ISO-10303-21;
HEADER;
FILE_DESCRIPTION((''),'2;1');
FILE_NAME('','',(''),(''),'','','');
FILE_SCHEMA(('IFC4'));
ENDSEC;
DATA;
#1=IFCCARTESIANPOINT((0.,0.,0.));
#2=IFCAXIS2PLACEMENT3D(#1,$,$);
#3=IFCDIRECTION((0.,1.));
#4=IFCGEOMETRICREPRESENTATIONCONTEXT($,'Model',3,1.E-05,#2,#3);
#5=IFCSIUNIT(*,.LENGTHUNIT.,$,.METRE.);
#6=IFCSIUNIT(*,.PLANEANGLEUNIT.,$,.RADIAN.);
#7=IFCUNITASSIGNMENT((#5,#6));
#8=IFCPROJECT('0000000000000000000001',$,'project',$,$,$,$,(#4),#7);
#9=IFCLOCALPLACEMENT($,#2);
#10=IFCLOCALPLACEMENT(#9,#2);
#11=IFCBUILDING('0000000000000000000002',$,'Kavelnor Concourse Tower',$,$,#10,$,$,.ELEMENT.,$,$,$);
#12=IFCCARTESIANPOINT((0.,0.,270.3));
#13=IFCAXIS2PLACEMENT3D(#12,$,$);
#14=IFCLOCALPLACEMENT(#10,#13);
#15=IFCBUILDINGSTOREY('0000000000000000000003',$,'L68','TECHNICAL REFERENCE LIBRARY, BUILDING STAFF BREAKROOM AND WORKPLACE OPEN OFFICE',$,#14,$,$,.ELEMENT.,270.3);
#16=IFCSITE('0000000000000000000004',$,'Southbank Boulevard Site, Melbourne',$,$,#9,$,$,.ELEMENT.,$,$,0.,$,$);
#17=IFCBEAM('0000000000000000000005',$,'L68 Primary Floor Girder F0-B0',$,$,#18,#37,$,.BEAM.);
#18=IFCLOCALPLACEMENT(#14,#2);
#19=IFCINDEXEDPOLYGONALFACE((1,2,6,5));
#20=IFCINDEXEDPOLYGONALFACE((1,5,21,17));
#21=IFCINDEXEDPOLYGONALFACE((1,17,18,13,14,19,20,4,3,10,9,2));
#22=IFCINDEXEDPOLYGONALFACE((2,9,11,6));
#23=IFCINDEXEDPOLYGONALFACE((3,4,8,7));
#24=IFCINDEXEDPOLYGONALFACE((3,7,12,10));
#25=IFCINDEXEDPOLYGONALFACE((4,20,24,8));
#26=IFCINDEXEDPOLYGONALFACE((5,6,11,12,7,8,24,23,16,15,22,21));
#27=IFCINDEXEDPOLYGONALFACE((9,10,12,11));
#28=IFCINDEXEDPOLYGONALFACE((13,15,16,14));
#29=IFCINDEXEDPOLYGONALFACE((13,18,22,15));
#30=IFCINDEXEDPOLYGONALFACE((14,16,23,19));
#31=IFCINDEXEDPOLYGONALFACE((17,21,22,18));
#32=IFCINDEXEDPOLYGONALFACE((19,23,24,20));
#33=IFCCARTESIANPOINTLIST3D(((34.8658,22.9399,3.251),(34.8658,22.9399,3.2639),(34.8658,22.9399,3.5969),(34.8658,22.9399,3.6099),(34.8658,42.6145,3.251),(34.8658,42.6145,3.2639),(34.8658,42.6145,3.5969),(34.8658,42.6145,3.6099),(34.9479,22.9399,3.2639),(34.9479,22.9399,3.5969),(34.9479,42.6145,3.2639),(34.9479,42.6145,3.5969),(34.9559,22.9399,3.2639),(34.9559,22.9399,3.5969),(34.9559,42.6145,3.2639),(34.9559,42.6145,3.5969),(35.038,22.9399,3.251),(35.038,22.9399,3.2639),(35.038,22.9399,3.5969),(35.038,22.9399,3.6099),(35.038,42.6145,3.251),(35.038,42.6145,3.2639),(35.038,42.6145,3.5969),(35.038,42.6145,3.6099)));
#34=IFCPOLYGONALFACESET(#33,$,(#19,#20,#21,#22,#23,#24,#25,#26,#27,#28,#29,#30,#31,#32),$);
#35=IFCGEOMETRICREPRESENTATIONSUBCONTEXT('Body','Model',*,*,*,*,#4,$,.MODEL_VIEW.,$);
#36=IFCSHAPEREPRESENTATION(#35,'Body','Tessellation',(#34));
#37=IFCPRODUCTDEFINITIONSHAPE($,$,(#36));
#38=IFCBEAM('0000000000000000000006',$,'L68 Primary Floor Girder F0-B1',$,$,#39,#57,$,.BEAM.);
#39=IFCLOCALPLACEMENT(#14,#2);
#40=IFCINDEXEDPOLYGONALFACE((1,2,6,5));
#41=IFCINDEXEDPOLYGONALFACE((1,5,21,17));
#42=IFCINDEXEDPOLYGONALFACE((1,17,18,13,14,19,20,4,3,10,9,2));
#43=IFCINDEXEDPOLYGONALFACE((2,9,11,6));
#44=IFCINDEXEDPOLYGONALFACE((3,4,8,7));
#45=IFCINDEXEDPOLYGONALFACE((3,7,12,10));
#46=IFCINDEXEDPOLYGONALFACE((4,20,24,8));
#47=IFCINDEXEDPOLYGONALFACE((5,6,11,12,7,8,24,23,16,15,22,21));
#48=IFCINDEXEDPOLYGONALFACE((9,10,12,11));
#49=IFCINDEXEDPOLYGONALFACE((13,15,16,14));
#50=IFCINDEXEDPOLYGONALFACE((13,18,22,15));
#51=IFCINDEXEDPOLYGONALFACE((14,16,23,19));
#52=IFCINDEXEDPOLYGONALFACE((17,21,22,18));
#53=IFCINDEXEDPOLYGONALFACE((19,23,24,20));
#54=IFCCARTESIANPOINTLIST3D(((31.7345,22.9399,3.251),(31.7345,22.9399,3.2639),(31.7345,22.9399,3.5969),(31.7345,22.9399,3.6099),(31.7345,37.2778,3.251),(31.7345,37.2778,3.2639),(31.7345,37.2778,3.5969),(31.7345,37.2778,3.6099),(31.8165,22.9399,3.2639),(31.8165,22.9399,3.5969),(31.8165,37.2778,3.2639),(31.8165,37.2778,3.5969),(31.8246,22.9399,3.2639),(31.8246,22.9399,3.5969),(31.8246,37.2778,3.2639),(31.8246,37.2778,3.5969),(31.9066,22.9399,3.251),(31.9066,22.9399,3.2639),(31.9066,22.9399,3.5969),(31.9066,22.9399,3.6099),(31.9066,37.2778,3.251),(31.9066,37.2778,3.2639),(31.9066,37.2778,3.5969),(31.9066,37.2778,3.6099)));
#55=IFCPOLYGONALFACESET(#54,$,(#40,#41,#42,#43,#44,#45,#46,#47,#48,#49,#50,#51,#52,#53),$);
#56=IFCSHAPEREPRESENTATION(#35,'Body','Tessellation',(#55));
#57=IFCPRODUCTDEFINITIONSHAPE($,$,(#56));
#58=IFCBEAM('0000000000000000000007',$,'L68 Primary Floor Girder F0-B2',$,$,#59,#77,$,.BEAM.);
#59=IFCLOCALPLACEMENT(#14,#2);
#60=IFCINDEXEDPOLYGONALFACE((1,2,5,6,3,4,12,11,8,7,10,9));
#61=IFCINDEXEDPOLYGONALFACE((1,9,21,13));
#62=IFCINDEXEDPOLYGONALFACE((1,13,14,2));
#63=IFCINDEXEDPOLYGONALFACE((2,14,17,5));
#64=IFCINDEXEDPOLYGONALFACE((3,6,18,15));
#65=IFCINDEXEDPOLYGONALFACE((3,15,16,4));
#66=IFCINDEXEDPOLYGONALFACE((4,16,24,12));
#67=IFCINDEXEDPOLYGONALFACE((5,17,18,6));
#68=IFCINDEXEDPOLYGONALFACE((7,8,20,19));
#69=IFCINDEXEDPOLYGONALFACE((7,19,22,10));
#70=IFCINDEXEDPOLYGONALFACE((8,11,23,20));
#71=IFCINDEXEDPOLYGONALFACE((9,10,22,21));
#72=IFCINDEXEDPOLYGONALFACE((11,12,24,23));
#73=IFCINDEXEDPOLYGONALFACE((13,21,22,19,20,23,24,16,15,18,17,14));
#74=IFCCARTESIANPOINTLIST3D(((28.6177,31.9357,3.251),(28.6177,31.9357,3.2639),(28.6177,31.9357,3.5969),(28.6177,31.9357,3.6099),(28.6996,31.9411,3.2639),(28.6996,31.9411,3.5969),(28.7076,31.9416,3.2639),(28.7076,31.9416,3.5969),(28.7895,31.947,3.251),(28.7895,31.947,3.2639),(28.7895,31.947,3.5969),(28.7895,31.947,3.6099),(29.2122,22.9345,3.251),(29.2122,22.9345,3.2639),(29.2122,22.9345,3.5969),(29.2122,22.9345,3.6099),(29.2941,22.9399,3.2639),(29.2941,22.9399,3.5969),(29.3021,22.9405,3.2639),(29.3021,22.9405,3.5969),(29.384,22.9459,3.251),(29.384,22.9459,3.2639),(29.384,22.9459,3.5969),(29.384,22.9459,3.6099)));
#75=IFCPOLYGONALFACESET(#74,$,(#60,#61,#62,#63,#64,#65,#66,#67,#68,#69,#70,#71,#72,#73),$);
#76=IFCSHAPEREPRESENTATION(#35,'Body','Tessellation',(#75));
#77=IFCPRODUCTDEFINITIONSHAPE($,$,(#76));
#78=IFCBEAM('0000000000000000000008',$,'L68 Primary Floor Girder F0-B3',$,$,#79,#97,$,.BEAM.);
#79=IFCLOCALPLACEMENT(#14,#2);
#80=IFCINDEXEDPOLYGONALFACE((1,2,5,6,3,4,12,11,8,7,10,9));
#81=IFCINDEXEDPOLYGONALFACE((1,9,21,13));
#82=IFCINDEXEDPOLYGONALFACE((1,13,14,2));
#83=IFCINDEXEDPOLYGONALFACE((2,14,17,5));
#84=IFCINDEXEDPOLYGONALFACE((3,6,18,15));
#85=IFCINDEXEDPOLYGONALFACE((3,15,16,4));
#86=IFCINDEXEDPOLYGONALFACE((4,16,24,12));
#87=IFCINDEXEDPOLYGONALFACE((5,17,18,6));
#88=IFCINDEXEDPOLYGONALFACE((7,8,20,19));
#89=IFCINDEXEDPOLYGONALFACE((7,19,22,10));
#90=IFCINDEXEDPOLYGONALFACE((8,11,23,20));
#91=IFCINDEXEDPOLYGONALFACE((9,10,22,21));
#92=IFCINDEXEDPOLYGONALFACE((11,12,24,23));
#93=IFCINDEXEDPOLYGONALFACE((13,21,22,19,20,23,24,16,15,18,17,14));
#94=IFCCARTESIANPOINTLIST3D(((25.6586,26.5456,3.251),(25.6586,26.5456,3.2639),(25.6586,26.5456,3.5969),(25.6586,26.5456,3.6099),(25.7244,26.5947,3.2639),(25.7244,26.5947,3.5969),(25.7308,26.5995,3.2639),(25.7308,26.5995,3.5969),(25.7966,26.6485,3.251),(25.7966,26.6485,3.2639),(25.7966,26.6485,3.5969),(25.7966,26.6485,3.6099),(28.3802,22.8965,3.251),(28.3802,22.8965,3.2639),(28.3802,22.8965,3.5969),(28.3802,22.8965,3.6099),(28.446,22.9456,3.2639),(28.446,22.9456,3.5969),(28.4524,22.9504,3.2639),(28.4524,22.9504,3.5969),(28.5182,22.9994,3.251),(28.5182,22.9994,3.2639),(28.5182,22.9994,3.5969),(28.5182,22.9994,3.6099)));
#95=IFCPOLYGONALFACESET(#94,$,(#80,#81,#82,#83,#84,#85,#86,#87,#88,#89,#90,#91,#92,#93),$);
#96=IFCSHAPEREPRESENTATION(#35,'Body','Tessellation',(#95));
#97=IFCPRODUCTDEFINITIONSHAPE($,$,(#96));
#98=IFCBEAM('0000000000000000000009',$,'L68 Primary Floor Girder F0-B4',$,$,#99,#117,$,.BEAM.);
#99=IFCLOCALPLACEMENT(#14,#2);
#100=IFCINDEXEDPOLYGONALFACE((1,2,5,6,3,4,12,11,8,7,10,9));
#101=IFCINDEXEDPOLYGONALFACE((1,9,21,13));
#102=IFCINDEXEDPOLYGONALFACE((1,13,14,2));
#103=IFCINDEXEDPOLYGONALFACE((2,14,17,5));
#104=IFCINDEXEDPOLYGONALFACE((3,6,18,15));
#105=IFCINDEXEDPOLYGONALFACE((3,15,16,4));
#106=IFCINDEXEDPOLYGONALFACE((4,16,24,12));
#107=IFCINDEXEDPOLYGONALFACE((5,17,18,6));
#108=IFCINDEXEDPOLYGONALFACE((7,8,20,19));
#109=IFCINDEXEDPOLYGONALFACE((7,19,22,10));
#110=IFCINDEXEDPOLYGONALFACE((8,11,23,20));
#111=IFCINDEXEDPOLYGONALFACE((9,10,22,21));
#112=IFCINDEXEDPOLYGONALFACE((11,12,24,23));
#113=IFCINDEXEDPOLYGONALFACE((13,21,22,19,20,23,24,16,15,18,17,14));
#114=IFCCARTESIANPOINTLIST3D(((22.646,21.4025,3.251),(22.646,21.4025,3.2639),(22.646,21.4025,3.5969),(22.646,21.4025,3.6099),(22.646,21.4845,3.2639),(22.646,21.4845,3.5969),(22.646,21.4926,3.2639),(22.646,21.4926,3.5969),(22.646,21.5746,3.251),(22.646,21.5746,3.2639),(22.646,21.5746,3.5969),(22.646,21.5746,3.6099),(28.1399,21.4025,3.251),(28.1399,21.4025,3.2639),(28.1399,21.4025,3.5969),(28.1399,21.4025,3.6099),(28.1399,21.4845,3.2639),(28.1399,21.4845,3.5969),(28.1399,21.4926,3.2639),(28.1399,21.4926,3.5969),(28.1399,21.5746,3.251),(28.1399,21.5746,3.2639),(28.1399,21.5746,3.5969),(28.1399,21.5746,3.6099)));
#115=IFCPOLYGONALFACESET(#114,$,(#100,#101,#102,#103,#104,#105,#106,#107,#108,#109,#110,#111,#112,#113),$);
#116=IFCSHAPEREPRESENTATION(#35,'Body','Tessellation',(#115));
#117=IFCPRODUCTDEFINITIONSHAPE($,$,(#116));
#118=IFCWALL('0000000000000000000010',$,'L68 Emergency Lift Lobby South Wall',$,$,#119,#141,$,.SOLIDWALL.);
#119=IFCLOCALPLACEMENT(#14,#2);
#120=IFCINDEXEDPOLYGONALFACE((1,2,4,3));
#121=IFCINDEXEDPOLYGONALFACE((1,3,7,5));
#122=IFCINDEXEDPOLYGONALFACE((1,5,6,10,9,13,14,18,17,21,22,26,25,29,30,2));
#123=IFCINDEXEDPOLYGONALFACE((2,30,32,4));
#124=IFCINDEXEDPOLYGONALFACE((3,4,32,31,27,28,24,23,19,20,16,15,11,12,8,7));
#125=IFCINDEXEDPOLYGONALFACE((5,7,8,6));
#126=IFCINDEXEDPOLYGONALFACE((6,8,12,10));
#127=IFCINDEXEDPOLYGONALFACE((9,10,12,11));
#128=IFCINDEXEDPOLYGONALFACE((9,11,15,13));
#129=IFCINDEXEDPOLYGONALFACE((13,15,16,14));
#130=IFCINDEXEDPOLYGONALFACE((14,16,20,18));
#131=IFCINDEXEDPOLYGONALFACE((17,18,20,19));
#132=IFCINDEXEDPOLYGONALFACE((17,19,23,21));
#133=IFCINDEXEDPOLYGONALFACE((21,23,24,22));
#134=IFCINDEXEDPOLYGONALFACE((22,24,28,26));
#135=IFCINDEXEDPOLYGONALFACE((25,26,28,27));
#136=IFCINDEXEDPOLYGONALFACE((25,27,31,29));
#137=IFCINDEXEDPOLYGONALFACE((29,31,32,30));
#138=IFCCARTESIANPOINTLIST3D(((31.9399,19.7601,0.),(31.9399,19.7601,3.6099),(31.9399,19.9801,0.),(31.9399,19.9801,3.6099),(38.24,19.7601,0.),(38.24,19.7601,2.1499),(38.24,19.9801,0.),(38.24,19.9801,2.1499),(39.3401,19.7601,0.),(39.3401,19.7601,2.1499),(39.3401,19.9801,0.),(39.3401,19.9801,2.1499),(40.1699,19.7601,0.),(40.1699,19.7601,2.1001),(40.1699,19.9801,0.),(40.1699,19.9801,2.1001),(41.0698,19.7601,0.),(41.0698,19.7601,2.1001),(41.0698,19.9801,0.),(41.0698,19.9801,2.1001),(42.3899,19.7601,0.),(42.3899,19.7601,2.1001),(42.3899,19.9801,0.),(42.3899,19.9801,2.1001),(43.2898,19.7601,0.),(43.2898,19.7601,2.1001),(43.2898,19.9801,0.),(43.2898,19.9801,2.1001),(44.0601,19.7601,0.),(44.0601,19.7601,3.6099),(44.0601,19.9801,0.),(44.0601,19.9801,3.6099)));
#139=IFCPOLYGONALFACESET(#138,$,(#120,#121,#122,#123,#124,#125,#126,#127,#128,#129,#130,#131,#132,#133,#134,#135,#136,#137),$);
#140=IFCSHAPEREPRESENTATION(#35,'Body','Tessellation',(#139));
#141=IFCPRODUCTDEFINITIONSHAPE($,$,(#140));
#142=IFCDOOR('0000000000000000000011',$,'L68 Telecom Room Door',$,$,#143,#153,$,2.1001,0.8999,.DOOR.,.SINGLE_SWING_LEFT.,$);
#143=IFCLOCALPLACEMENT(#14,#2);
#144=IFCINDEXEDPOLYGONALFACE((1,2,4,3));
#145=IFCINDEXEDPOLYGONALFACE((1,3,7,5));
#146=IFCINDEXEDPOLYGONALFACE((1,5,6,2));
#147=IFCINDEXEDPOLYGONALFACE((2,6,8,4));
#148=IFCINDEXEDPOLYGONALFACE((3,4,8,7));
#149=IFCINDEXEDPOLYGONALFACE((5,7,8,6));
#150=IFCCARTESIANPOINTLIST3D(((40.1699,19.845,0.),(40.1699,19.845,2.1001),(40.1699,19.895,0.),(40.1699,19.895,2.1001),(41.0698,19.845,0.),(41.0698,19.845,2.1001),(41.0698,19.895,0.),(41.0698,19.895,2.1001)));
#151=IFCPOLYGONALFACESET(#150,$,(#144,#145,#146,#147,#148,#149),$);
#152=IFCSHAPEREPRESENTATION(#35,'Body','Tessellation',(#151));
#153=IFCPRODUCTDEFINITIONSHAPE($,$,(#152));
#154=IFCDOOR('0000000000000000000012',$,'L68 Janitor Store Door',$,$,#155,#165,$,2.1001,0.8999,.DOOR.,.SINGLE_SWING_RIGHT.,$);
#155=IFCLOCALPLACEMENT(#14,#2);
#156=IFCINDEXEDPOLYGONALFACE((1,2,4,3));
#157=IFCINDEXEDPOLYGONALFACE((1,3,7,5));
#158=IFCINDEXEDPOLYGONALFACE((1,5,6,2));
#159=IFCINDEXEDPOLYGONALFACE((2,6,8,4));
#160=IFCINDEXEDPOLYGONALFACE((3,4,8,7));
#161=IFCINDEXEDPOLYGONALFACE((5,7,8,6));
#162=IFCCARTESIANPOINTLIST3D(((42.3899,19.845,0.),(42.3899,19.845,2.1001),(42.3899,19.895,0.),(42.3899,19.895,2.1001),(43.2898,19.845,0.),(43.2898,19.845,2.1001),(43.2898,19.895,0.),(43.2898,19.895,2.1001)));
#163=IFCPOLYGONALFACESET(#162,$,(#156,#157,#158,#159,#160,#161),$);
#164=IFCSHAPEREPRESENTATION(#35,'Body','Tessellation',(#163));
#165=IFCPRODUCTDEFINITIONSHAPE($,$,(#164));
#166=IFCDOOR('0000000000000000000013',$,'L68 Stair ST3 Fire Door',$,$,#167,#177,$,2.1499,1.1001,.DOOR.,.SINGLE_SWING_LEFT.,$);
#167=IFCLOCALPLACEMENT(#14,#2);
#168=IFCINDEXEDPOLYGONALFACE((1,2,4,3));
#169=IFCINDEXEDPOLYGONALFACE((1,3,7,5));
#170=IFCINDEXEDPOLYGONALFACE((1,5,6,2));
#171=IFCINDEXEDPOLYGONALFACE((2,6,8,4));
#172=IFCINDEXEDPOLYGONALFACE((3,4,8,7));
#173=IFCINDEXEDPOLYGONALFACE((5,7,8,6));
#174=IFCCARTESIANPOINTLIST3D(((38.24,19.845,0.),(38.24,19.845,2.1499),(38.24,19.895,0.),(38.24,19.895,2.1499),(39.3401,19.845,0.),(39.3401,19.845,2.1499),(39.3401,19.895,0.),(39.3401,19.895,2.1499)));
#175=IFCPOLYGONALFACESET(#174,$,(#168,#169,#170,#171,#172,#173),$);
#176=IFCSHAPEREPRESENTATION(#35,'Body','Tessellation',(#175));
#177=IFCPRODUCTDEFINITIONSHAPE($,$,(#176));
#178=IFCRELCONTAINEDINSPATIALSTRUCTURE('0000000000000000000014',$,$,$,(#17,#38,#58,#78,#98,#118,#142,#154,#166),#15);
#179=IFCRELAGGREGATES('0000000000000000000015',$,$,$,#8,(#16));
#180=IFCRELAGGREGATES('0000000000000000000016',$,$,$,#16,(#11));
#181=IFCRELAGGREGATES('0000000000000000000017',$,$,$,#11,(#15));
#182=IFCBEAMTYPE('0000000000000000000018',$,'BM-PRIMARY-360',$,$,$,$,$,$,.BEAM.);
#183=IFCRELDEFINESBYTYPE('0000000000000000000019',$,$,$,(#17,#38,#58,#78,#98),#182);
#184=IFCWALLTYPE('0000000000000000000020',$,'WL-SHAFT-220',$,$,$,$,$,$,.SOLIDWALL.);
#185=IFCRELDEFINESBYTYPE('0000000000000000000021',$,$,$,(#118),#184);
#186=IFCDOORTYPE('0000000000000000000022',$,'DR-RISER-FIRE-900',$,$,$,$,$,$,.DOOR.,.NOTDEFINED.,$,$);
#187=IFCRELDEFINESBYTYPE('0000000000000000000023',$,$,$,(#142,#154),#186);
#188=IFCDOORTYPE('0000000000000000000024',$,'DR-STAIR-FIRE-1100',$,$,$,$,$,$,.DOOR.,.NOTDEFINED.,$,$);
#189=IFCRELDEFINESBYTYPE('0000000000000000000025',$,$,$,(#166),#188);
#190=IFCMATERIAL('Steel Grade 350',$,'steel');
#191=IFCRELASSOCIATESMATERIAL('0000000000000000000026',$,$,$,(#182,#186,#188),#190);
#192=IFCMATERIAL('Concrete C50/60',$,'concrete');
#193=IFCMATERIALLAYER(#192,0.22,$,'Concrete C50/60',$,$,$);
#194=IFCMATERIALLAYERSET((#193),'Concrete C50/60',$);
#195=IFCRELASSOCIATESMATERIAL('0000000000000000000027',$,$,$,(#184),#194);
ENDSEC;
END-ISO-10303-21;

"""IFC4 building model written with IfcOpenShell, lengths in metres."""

from ifc_helpers import new_model, si_unit, direction, frame, frame_2d, origin, origin_2d, place, context, subcontext, project, spatial, rectangle, i_section, extrude, material, layer, layer_set, material_profile, profile_set, type_object, element, fill, save


model = new_model("IFC4")

# Units and contexts
model_context = context("Model", 3, precision=1e-05, world=origin(), true_north=direction((0.0, 1.0)))
body_context = subcontext(model_context, "Body", "Model", "MODEL_VIEW")
ifc_project = project(units=[si_unit("LENGTHUNIT", "METRE"), si_unit("PLANEANGLEUNIT", "RADIAN")], contexts=[model_context])

# Site, building, storey
site_placement = place(None, origin())
site = spatial("IfcSite", under=ifc_project, at=site_placement, Name="Southbank Boulevard Site, Melbourne", CompositionType="ELEMENT", RefElevation=0.0)
building_placement = place(site_placement, origin())
building = spatial("IfcBuilding", under=site, at=building_placement, Name="Kavelnor Concourse Tower", CompositionType="ELEMENT")
storey_placement = place(building_placement, frame((0.0, 0.0, 270.3)))
storey = spatial("IfcBuildingStorey", under=building, at=storey_placement, Name="L68", Description="TECHNICAL REFERENCE LIBRARY, BUILDING STAFF BREAKROOM AND WORKPLACE OPEN OFFICE", CompositionType="ELEMENT", Elevation=270.3)

# Beams
ifc_material_1 = material(Name="Steel Grade 350", Category="steel")
ifc_material_profile = material_profile(ifc_material_1, i_section(OverallWidth=0.1721, OverallDepth=0.3589, WebThickness=0.0081, FlangeThickness=0.0129, at=origin_2d()), Name="360UB56")
ifc_profile_set = profile_set([ifc_material_profile], Name="Steel Grade 350")
beam_type = type_object("IfcBeamType", Name="BM-PRIMARY-360", PredefinedType="BEAM", material=ifc_profile_set)
beam_1_placement = place(storey_placement, frame((34.9519, 22.9399, 3.4304), z_axis=(0.0, 1.0, 0.0), x_axis=(-1.0, 0.0, 0.0)))
element("IfcBeam", 1, at=beam_1_placement, inside=storey, type_object=beam_type, Name="L68 Primary Floor Girder F0-B0", PredefinedType="BEAM", context=body_context, shape_type="SweptSolid", body=[
    extrude(i_section(OverallWidth=0.1721, OverallDepth=0.3589, WebThickness=0.0081, FlangeThickness=0.0129, at=origin_2d()), origin(), (0.0, 0.0, 1.0), 19.6746),
])
beam_2_placement = place(storey_placement, frame((31.8206, 22.9399, 3.4304), z_axis=(0.0, 1.0, 0.0), x_axis=(-1.0, 0.0, 0.0)))
element("IfcBeam", 2, at=beam_2_placement, inside=storey, type_object=beam_type, Name="L68 Primary Floor Girder F0-B1", PredefinedType="BEAM", context=body_context, shape_type="SweptSolid", body=[
    extrude(i_section(OverallWidth=0.1721, OverallDepth=0.3589, WebThickness=0.0081, FlangeThickness=0.0129, at=origin_2d()), origin(), (0.0, 0.0, 1.0), 14.3379),
])
beam_3_placement = place(storey_placement, frame((29.2981, 22.9402, 3.4304), z_axis=(-0.065901, 0.997826, 0.0), x_axis=(-0.997826, -0.065901, 0.0)))
element("IfcBeam", 3, at=beam_3_placement, inside=storey, type_object=beam_type, Name="L68 Primary Floor Girder F0-B2", PredefinedType="BEAM", context=body_context, shape_type="SweptSolid", body=[
    extrude(i_section(OverallWidth=0.1721, OverallDepth=0.3589, WebThickness=0.0081, FlangeThickness=0.0129, at=origin_2d()), origin(), (0.0, 0.0, 1.0), 9.0208),
])
beam_4_placement = place(storey_placement, frame((28.4492, 22.948, 3.4304), z_axis=(-0.597861, 0.8016, 0.0), x_axis=(-0.8016, -0.597861, 0.0)))
element("IfcBeam", 4, at=beam_4_placement, inside=storey, type_object=beam_type, Name="L68 Primary Floor Girder F0-B3", PredefinedType="BEAM", context=body_context, shape_type="SweptSolid", body=[
    extrude(i_section(OverallWidth=0.1721, OverallDepth=0.3589, WebThickness=0.0081, FlangeThickness=0.0129, at=origin_2d()), origin(), (0.0, 0.0, 1.0), 4.5522),
])
beam_5_placement = place(storey_placement, frame((28.1399, 21.4885, 3.4304), z_axis=(-1.0, 0.0, 0.0), x_axis=(0.0, -1.0, 0.0)))
element("IfcBeam", 5, at=beam_5_placement, inside=storey, type_object=beam_type, Name="L68 Primary Floor Girder F0-B4", PredefinedType="BEAM", context=body_context, shape_type="SweptSolid", body=[
    extrude(i_section(OverallWidth=0.1721, OverallDepth=0.3589, WebThickness=0.0081, FlangeThickness=0.0129, at=origin_2d()), origin(), (0.0, 0.0, 1.0), 5.4939),
])

# Wall, openings, doors
ifc_material_2 = material(Name="Concrete C50/60", Category="concrete")
ifc_layer_1 = layer(ifc_material_2, 0.22, Name="Concrete C50/60")
ifc_layer_set_1 = layer_set([ifc_layer_1], Name="Concrete C50/60")
wall_type_1 = type_object("IfcWallType", Name="WL-SHAFT-220", PredefinedType="SOLIDWALL", material=ifc_layer_set_1)
wall_1_placement = place(storey_placement, frame((31.9399, 19.8701, 0.0), z_axis=(0.0, 0.0, 1.0), x_axis=(1.0, 0.0, 0.0)))
wall_1 = element("IfcWall", 6, at=wall_1_placement, inside=storey, type_object=wall_type_1, Name="L68 Emergency Lift Lobby South Wall", PredefinedType="SOLIDWALL", context=body_context, shape_type="SweptSolid", body=[
    extrude(rectangle(XDim=12.1201, YDim=0.22, at=frame_2d((6.0601, 0.0))), origin(), (0.0, 0.0, 1.0), 3.6099),
])
opening_1_placement = place(wall_1_placement, frame((6.3, 0.0, 0.0)))
opening_1 = element("IfcOpeningElement", 7, at=opening_1_placement, cuts=wall_1, PredefinedType="OPENING", context=body_context, shape_type="SweptSolid", body=[
    extrude(rectangle(XDim=1.1001, YDim=2.1499, at=frame_2d((0.55, 1.075))), frame((0.0, 0.1201, 0.0), z_axis=(0.0, -1.0, 0.0), x_axis=(1.0, 0.0, 0.0)), (0.0, 0.0, 1.0), 0.24),
])
opening_2_placement = place(wall_1_placement, frame((8.23, 0.0, 0.0)))
opening_2 = element("IfcOpeningElement", 8, at=opening_2_placement, cuts=wall_1, PredefinedType="OPENING", context=body_context, shape_type="SweptSolid", body=[
    extrude(rectangle(XDim=0.8999, YDim=2.1001, at=frame_2d((0.45, 1.05))), frame((0.0, 0.1201, 0.0), z_axis=(0.0, -1.0, 0.0), x_axis=(1.0, 0.0, 0.0)), (0.0, 0.0, 1.0), 0.24),
])
opening_3_placement = place(wall_1_placement, frame((10.45, 0.0, 0.0)))
opening_3 = element("IfcOpeningElement", 9, at=opening_3_placement, cuts=wall_1, PredefinedType="OPENING", context=body_context, shape_type="SweptSolid", body=[
    extrude(rectangle(XDim=0.8999, YDim=2.1001, at=frame_2d((0.45, 1.05))), frame((0.0, 0.1201, 0.0), z_axis=(0.0, -1.0, 0.0), x_axis=(1.0, 0.0, 0.0)), (0.0, 0.0, 1.0), 0.24),
])
door_type_1 = type_object("IfcDoorType", Name="DR-RISER-FIRE-900", OperationType="NOTDEFINED", PredefinedType="DOOR", material=ifc_material_1)
door_1_placement = place(opening_2_placement, origin())
door_1 = element("IfcDoor", 10, at=door_1_placement, inside=storey, type_object=door_type_1, Name="L68 Telecom Room Door", OperationType="SINGLE_SWING_LEFT", OverallHeight=2.1001, OverallWidth=0.8999, PredefinedType="DOOR", context=body_context, shape_type="SweptSolid", body=[
    extrude(rectangle(XDim=0.8999, YDim=2.1001, at=frame_2d((0.45, 1.05))), frame((0.0, 0.0249, 0.0), z_axis=(0.0, -1.0, 0.0), x_axis=(1.0, 0.0, 0.0)), (0.0, 0.0, 1.0), 0.05),
])
fill(opening_2, door_1)
door_2_placement = place(opening_3_placement, origin())
door_2 = element("IfcDoor", 11, at=door_2_placement, inside=storey, type_object=door_type_1, Name="L68 Janitor Store Door", OperationType="SINGLE_SWING_RIGHT", OverallHeight=2.1001, OverallWidth=0.8999, PredefinedType="DOOR", context=body_context, shape_type="SweptSolid", body=[
    extrude(rectangle(XDim=0.8999, YDim=2.1001, at=frame_2d((0.45, 1.05))), frame((0.0, 0.0249, 0.0), z_axis=(0.0, -1.0, 0.0), x_axis=(1.0, 0.0, 0.0)), (0.0, 0.0, 1.0), 0.05),
])
fill(opening_3, door_2)
door_type_2 = type_object("IfcDoorType", Name="DR-STAIR-FIRE-1100", OperationType="NOTDEFINED", PredefinedType="DOOR", material=ifc_material_1)
door_3_placement = place(opening_1_placement, origin())
door_3 = element("IfcDoor", 12, at=door_3_placement, inside=storey, type_object=door_type_2, Name="L68 Stair ST3 Fire Door", OperationType="SINGLE_SWING_LEFT", OverallHeight=2.1499, OverallWidth=1.1001, PredefinedType="DOOR", context=body_context, shape_type="SweptSolid", body=[
    extrude(rectangle(XDim=1.1001, YDim=2.1499, at=frame_2d((0.55, 1.075))), frame((0.0, 0.0249, 0.0), z_axis=(0.0, -1.0, 0.0), x_axis=(1.0, 0.0, 0.0)), (0.0, 0.0, 1.0), 0.05),
])
fill(opening_1, door_3)

save(model, "model.ifc")
